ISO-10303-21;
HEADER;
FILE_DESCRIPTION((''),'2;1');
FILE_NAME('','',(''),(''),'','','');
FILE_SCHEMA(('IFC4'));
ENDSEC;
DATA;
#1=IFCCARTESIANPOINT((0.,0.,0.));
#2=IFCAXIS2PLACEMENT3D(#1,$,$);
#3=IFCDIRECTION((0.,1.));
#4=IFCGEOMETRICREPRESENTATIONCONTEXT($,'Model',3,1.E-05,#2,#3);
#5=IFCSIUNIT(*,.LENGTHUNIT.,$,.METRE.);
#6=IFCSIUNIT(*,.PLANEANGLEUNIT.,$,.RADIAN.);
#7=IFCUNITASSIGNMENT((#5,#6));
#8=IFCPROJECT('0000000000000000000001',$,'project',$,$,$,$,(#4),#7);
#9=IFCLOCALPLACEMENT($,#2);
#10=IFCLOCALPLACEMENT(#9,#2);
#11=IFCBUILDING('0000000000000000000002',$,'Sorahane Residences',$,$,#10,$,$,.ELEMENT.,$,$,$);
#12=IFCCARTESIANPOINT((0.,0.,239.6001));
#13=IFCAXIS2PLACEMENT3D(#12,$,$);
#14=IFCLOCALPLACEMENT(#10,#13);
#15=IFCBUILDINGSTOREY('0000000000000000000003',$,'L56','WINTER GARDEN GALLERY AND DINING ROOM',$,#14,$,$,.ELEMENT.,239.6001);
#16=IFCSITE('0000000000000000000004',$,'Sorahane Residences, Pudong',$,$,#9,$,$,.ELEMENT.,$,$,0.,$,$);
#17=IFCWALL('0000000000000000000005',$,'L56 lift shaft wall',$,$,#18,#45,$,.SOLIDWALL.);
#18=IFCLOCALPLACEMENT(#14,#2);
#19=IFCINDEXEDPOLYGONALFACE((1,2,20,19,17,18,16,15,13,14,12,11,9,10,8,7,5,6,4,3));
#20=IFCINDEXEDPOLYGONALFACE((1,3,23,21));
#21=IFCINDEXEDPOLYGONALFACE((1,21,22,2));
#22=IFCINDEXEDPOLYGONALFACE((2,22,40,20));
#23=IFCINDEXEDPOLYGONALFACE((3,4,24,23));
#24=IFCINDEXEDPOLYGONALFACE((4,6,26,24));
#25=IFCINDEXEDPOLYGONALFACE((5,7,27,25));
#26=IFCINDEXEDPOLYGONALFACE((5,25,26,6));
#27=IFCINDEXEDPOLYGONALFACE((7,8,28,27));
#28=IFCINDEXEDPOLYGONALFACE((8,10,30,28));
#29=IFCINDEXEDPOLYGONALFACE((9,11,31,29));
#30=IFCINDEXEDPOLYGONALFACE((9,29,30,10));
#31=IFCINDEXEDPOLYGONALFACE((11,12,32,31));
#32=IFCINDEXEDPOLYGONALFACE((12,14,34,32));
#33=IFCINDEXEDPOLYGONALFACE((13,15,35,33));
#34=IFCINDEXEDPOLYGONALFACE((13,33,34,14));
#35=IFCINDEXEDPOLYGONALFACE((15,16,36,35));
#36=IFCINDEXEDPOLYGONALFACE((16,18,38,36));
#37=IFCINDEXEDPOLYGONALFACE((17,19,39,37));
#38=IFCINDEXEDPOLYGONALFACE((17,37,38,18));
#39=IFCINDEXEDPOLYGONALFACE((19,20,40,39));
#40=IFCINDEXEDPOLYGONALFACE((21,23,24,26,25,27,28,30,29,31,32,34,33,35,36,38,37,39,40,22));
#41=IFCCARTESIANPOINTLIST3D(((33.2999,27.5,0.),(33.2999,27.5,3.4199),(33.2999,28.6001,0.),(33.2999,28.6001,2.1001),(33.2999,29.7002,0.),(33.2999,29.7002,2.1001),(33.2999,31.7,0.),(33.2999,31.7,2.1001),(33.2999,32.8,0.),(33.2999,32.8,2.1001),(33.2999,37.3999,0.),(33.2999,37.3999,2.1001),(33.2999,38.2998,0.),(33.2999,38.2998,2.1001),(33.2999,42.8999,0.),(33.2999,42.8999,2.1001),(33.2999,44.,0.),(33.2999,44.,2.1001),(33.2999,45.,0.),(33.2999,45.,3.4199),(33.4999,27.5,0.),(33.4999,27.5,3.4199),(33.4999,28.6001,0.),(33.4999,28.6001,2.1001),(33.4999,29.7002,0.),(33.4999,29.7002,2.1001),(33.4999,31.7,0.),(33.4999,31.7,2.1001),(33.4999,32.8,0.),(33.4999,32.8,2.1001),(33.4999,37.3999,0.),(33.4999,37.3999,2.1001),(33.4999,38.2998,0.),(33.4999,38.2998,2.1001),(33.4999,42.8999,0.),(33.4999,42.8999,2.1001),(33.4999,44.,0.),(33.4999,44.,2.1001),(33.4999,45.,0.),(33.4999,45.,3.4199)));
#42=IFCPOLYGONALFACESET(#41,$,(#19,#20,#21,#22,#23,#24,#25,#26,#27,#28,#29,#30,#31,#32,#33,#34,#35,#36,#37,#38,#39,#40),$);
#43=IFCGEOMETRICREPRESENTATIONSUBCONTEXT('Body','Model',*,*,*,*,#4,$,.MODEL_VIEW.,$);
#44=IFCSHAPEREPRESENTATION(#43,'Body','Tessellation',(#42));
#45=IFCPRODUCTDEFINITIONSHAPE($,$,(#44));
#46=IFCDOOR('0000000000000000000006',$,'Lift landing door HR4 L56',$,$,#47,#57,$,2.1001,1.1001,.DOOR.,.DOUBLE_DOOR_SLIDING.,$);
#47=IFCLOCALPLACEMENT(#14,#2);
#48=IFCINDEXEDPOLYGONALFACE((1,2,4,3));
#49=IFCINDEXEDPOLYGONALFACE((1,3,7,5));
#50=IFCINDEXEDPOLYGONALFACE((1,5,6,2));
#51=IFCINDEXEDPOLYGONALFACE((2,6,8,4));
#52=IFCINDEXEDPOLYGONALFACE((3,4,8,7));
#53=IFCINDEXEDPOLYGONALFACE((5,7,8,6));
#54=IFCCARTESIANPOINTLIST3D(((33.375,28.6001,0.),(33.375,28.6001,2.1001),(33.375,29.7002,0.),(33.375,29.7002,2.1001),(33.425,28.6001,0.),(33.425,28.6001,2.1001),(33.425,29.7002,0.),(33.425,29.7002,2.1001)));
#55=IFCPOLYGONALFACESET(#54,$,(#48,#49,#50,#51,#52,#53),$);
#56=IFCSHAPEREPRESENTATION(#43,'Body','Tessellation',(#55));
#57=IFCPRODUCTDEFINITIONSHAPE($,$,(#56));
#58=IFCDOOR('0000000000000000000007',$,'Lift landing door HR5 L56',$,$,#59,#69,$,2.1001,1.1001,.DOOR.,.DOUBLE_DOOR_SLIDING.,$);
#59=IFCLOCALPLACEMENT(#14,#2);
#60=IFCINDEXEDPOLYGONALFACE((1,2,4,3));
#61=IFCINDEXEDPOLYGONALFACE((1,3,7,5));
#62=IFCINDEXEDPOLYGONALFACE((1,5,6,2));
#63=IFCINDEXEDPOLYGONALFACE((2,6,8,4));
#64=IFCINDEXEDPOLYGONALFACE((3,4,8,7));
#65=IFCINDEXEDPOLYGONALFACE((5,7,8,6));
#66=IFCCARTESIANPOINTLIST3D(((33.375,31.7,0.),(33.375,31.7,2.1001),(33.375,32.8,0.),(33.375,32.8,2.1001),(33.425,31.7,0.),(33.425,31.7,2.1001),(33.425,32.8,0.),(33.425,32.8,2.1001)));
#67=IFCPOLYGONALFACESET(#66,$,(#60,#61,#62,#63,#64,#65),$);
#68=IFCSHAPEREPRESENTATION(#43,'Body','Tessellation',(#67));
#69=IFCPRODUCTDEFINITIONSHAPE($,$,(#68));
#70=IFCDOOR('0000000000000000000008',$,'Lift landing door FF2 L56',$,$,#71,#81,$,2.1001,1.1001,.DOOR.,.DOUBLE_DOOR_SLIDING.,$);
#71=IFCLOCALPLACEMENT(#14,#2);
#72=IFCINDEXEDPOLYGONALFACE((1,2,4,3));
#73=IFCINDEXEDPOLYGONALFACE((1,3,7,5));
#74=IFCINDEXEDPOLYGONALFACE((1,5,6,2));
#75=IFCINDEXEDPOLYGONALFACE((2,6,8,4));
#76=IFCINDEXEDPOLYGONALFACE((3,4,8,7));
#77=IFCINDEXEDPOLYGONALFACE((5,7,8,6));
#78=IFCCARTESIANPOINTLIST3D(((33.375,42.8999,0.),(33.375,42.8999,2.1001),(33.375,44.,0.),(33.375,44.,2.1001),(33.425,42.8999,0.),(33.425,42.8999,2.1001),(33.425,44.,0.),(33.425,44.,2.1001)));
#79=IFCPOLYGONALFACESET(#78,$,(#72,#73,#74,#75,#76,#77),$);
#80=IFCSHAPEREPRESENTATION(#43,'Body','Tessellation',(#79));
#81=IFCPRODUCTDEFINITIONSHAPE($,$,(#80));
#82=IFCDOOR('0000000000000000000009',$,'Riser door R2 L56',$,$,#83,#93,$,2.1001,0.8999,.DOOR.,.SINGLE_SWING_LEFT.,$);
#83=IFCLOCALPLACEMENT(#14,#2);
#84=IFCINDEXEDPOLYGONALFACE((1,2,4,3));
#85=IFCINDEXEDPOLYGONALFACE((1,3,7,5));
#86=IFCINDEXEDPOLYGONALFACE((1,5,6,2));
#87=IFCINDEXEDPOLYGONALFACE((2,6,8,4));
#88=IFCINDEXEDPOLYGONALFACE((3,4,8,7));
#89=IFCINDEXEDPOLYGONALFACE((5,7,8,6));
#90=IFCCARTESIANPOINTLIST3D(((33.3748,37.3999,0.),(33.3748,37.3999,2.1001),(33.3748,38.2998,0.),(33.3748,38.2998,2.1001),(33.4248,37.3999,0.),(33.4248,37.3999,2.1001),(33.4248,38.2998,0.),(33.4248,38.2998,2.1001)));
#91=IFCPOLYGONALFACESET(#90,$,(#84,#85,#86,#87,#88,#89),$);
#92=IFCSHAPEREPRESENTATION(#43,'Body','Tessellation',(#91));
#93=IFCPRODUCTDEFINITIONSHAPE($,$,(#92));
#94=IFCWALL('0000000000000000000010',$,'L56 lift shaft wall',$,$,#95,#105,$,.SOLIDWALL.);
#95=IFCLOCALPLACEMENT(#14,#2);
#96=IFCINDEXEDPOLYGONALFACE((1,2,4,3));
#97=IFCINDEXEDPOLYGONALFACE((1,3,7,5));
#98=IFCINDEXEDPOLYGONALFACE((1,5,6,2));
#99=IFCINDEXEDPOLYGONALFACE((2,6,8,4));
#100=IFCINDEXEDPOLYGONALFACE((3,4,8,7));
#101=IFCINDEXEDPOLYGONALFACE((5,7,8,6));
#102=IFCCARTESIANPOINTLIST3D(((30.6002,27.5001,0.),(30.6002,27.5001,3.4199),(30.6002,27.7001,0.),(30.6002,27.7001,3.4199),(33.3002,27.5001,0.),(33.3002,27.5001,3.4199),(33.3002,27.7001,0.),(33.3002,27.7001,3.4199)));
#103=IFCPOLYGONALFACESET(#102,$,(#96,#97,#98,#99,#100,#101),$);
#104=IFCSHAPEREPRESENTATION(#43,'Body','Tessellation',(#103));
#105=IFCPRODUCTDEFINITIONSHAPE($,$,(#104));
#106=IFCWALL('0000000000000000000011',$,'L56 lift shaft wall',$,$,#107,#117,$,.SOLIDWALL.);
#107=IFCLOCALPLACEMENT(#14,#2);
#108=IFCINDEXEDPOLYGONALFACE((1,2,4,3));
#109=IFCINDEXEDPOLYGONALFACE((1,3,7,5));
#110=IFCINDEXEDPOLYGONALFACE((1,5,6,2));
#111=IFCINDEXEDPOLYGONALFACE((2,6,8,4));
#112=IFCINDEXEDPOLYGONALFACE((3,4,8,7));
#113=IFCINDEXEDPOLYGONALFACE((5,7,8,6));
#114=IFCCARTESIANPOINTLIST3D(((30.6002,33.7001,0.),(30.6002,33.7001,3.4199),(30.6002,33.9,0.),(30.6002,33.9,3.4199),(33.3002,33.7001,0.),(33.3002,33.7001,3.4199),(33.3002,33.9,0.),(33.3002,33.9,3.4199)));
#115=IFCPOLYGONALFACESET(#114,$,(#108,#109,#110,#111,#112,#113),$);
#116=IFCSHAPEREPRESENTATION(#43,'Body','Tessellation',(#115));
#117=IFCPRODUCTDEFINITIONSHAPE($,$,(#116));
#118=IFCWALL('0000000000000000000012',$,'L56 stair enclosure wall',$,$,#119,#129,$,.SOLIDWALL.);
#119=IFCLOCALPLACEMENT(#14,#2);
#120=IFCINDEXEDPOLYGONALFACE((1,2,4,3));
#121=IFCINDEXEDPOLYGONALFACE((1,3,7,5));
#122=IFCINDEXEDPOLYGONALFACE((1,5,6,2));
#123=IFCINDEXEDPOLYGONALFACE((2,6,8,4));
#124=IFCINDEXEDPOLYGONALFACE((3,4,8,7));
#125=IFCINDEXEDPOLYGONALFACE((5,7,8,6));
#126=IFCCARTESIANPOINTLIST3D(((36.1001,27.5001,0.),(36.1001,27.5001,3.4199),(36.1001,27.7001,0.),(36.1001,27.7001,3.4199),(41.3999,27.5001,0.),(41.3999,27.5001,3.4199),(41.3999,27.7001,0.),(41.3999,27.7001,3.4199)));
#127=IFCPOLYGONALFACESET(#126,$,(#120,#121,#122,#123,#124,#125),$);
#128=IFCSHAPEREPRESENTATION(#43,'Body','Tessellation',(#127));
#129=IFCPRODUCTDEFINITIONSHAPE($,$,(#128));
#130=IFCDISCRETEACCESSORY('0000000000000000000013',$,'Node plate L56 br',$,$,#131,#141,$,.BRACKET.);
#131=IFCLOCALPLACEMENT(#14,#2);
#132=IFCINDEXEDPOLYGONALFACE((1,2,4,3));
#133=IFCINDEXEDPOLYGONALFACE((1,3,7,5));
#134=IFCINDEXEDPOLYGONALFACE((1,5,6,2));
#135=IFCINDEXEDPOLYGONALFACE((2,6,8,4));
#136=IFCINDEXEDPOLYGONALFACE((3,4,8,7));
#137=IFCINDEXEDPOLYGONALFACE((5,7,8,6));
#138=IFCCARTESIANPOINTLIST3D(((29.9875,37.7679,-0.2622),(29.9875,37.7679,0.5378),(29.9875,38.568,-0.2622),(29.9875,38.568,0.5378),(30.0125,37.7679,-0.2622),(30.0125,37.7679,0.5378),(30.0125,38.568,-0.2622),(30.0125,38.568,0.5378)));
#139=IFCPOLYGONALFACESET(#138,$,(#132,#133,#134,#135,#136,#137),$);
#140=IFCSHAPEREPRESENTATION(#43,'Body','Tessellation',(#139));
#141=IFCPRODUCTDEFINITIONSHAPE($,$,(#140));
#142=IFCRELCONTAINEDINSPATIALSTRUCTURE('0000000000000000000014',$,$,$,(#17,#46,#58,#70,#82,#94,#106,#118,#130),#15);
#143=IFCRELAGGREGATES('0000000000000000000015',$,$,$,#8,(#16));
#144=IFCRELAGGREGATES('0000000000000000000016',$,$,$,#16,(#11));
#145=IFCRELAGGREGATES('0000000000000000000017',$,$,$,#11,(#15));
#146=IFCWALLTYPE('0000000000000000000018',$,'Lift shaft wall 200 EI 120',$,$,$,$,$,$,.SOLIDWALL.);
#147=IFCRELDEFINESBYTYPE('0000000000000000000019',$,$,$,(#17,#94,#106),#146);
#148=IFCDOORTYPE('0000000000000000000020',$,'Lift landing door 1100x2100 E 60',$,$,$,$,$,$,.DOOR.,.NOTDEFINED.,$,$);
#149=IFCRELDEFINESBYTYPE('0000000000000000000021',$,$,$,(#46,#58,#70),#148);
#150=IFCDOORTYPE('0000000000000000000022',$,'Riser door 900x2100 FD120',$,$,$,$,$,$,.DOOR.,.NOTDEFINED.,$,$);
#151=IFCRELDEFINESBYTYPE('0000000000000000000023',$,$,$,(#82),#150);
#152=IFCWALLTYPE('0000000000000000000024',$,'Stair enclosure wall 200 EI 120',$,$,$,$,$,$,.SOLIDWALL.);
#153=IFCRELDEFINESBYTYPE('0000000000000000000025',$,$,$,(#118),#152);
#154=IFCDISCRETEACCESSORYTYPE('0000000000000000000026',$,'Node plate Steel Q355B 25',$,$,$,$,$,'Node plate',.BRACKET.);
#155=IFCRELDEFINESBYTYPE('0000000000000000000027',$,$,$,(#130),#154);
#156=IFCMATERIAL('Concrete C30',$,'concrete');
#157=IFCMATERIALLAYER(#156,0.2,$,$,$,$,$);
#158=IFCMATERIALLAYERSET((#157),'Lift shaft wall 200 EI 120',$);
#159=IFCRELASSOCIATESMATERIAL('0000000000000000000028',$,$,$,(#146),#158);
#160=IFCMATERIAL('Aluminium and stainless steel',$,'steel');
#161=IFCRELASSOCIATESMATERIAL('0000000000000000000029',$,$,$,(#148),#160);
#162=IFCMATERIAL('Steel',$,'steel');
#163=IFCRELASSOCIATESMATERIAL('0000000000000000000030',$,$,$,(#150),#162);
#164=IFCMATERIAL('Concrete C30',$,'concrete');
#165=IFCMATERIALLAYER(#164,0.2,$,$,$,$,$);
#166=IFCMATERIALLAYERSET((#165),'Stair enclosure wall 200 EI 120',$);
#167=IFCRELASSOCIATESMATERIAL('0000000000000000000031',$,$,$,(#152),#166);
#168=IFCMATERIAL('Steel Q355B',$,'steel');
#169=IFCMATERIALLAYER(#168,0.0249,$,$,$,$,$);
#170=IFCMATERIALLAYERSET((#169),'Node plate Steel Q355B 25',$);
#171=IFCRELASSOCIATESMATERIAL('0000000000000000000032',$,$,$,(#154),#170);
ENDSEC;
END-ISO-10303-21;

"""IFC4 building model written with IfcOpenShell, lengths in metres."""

from ifc_helpers import new_model, si_unit, direction, frame, frame_2d, origin, origin_2d, place, context, subcontext, project, spatial, rectangle, extrude, material, layer, layer_set, type_object, element, fill, save


model = new_model("IFC4")

# Units and contexts
model_context = context("Model", 3, precision=1e-05, world=origin(), true_north=direction((0.0, 1.0)))
body_context = subcontext(model_context, "Body", "Model", "MODEL_VIEW")
ifc_project = project(units=[si_unit("LENGTHUNIT", "METRE"), si_unit("PLANEANGLEUNIT", "RADIAN")], contexts=[model_context])

# Site, building, storey
site_placement = place(None, origin())
site = spatial("IfcSite", under=ifc_project, at=site_placement, Name="Sorahane Residences, Pudong", CompositionType="ELEMENT", RefElevation=0.0)
building_placement = place(site_placement, origin())
building = spatial("IfcBuilding", under=site, at=building_placement, Name="Sorahane Residences", CompositionType="ELEMENT")
storey_placement = place(building_placement, frame((0.0, 0.0, 239.6001)))
storey = spatial("IfcBuildingStorey", under=building, at=storey_placement, Name="L56", Description="WINTER GARDEN GALLERY AND DINING ROOM", CompositionType="ELEMENT", Elevation=239.6001)

# Wall, openings, doors
ifc_material_1 = material(Name="Concrete C30", Category="concrete")
ifc_layer_1 = layer(ifc_material_1, 0.2)
ifc_layer_set_1 = layer_set([ifc_layer_1], Name="Lift shaft wall 200 EI 120")
wall_type_1 = type_object("IfcWallType", Name="Lift shaft wall 200 EI 120", PredefinedType="SOLIDWALL", material=ifc_layer_set_1)
wall_1_placement = place(storey_placement, frame((33.3999, 27.5, 0.0), z_axis=(0.0, 0.0, 1.0), x_axis=(0.0, 1.0, 0.0)))
wall_1 = element("IfcWall", 1, at=wall_1_placement, inside=storey, type_object=wall_type_1, Name="L56 lift shaft wall", PredefinedType="SOLIDWALL", context=body_context, shape_type="SweptSolid", body=[
    extrude(rectangle(XDim=17.5, YDim=0.2, at=frame_2d((8.75, 0.0))), origin(), (0.0, 0.0, 1.0), 3.4199),
])
opening_1_placement = place(wall_1_placement, frame((1.1001, 0.0, 0.0)))
opening_1 = element("IfcOpeningElement", 2, at=opening_1_placement, cuts=wall_1, PredefinedType="OPENING", context=body_context, shape_type="SweptSolid", body=[
    extrude(rectangle(XDim=1.1001, YDim=2.1001, at=frame_2d((0.55, 1.05))), frame((0.0, 0.1099, 0.0), z_axis=(0.0, -1.0, 0.0), x_axis=(1.0, 0.0, 0.0)), (0.0, 0.0, 1.0), 0.22),
])
opening_2_placement = place(wall_1_placement, frame((4.2, 0.0, 0.0)))
opening_2 = element("IfcOpeningElement", 3, at=opening_2_placement, cuts=wall_1, PredefinedType="OPENING", context=body_context, shape_type="SweptSolid", body=[
    extrude(rectangle(XDim=1.1001, YDim=2.1001, at=frame_2d((0.55, 1.05))), frame((0.0, 0.1099, 0.0), z_axis=(0.0, -1.0, 0.0), x_axis=(1.0, 0.0, 0.0)), (0.0, 0.0, 1.0), 0.22),
])
opening_3_placement = place(wall_1_placement, frame((15.3999, 0.0, 0.0)))
opening_3 = element("IfcOpeningElement", 4, at=opening_3_placement, cuts=wall_1, PredefinedType="OPENING", context=body_context, shape_type="SweptSolid", body=[
    extrude(rectangle(XDim=1.1001, YDim=2.1001, at=frame_2d((0.55, 1.05))), frame((0.0, 0.1099, 0.0), z_axis=(0.0, -1.0, 0.0), x_axis=(1.0, 0.0, 0.0)), (0.0, 0.0, 1.0), 0.22),
])
opening_4_placement = place(wall_1_placement, frame((9.8999, 0.0, 0.0)))
opening_4 = element("IfcOpeningElement", 5, at=opening_4_placement, cuts=wall_1, PredefinedType="OPENING", context=body_context, shape_type="SweptSolid", body=[
    extrude(rectangle(XDim=0.8999, YDim=2.1001, at=frame_2d((0.45, 1.05))), frame((0.0, 0.1099, 0.0), z_axis=(0.0, -1.0, 0.0), x_axis=(1.0, 0.0, 0.0)), (0.0, 0.0, 1.0), 0.22),
])
ifc_material_2 = material(Name="Aluminium and stainless steel", Category="steel")
door_type_1 = type_object("IfcDoorType", Name="Lift landing door 1100x2100 E 60", OperationType="NOTDEFINED", PredefinedType="DOOR", material=ifc_material_2)
door_1_placement = place(opening_1_placement, origin())
door_1 = element("IfcDoor", 6, at=door_1_placement, inside=storey, type_object=door_type_1, Name="Lift landing door HR4 L56", OperationType="DOUBLE_DOOR_SLIDING", OverallHeight=2.1001, OverallWidth=1.1001, PredefinedType="DOOR", context=body_context, shape_type="SweptSolid", body=[
    extrude(rectangle(XDim=1.1001, YDim=2.1001, at=frame_2d((0.55, 1.05))), frame((0.0, 0.0249, 0.0), z_axis=(0.0, -1.0, 0.0), x_axis=(1.0, 0.0, 0.0)), (0.0, 0.0, 1.0), 0.05),
])
fill(opening_1, door_1)
door_2_placement = place(opening_2_placement, origin())
door_2 = element("IfcDoor", 7, at=door_2_placement, inside=storey, type_object=door_type_1, Name="Lift landing door HR5 L56", OperationType="DOUBLE_DOOR_SLIDING", OverallHeight=2.1001, OverallWidth=1.1001, PredefinedType="DOOR", context=body_context, shape_type="SweptSolid", body=[
    extrude(rectangle(XDim=1.1001, YDim=2.1001, at=frame_2d((0.55, 1.05))), frame((0.0, 0.0249, 0.0), z_axis=(0.0, -1.0, 0.0), x_axis=(1.0, 0.0, 0.0)), (0.0, 0.0, 1.0), 0.05),
])
fill(opening_2, door_2)
door_3_placement = place(opening_3_placement, origin())
door_3 = element("IfcDoor", 8, at=door_3_placement, inside=storey, type_object=door_type_1, Name="Lift landing door FF2 L56", OperationType="DOUBLE_DOOR_SLIDING", OverallHeight=2.1001, OverallWidth=1.1001, PredefinedType="DOOR", context=body_context, shape_type="SweptSolid", body=[
    extrude(rectangle(XDim=1.1001, YDim=2.1001, at=frame_2d((0.55, 1.05))), frame((0.0, 0.0249, 0.0), z_axis=(0.0, -1.0, 0.0), x_axis=(1.0, 0.0, 0.0)), (0.0, 0.0, 1.0), 0.05),
])
fill(opening_3, door_3)
ifc_material_3 = material(Name="Steel", Category="steel")
door_type_2 = type_object("IfcDoorType", Name="Riser door 900x2100 FD120", OperationType="NOTDEFINED", PredefinedType="DOOR", material=ifc_material_3)
door_4_placement = place(opening_4_placement, frame((0.8999, 0.0, 0.0), z_axis=(0.0, 0.0, 1.0), x_axis=(-1.0, 0.0, 0.0)))
door_4 = element("IfcDoor", 9, at=door_4_placement, inside=storey, type_object=door_type_2, Name="Riser door R2 L56", OperationType="SINGLE_SWING_LEFT", OverallHeight=2.1001, OverallWidth=0.8999, PredefinedType="DOOR", context=body_context, shape_type="SweptSolid", body=[
    extrude(rectangle(XDim=0.8999, YDim=2.1001, at=frame_2d((0.45, 1.05))), frame((0.0, 0.0249, 0.0), z_axis=(0.0, -1.0, 0.0), x_axis=(1.0, 0.0, 0.0)), (0.0, 0.0, 1.0), 0.05),
])
fill(opening_4, door_4)

# Walls
for number, where, z_axis, x_axis, name in (
    (10, (30.6001, 27.6001, 0.0), (0.0, 0.0, 1.0), (1.0, 0.0, 0.0), "L56 lift shaft wall"),
    (11, (30.6001, 33.8, 0.0), (0.0, 0.0, 1.0), (1.0, 0.0, 0.0), "L56 lift shaft wall"),
):
    element("IfcWall", number, at=place(storey_placement, frame(where, z_axis=z_axis, x_axis=x_axis)), inside=storey, type_object=wall_type_1, Name=name, PredefinedType="SOLIDWALL", context=body_context, shape_type="SweptSolid", body=[
        extrude(rectangle(XDim=2.7, YDim=0.2, at=frame_2d((1.3501, 0.0))), origin(), (0.0, 0.0, 1.0), 3.4199),
    ])
ifc_material_4 = material(Name="Concrete C30", Category="concrete")
ifc_layer_2 = layer(ifc_material_4, 0.2)
ifc_layer_set_2 = layer_set([ifc_layer_2], Name="Stair enclosure wall 200 EI 120")
wall_type_2 = type_object("IfcWallType", Name="Stair enclosure wall 200 EI 120", PredefinedType="SOLIDWALL", material=ifc_layer_set_2)
wall_2_placement = place(storey_placement, frame((36.1001, 27.6001, 0.0), z_axis=(0.0, 0.0, 1.0), x_axis=(1.0, 0.0, 0.0)))
element("IfcWall", 12, at=wall_2_placement, inside=storey, type_object=wall_type_2, Name="L56 stair enclosure wall", PredefinedType="SOLIDWALL", context=body_context, shape_type="SweptSolid", body=[
    extrude(rectangle(XDim=5.2998, YDim=0.2, at=frame_2d((2.6499, 0.0))), origin(), (0.0, 0.0, 1.0), 3.4199),
])

# Discrete accessory
ifc_material_5 = material(Name="Steel Q355B", Category="steel")
ifc_layer_3 = layer(ifc_material_5, 0.0249)
ifc_layer_set_3 = layer_set([ifc_layer_3], Name="Node plate Steel Q355B 25")
discrete_accessory_type = type_object("IfcDiscreteAccessoryType", Name="Node plate Steel Q355B 25", ElementType="Node plate", PredefinedType="BRACKET", material=ifc_layer_set_3)
discrete_accessory_placement = place(storey_placement, frame((30.0, 38.168, -0.2622), z_axis=(0.0, 0.0, 1.0), x_axis=(0.0, 1.0, 0.0)))
element("IfcDiscreteAccessory", 13, at=discrete_accessory_placement, inside=storey, type_object=discrete_accessory_type, Name="Node plate L56 br", PredefinedType="BRACKET", context=body_context, shape_type="SweptSolid", body=[
    extrude(rectangle(XDim=0.8, YDim=0.0249, at=origin_2d()), origin(), (0.0, 0.0, 1.0), 0.8),
])

save(model, "model.ifc")
